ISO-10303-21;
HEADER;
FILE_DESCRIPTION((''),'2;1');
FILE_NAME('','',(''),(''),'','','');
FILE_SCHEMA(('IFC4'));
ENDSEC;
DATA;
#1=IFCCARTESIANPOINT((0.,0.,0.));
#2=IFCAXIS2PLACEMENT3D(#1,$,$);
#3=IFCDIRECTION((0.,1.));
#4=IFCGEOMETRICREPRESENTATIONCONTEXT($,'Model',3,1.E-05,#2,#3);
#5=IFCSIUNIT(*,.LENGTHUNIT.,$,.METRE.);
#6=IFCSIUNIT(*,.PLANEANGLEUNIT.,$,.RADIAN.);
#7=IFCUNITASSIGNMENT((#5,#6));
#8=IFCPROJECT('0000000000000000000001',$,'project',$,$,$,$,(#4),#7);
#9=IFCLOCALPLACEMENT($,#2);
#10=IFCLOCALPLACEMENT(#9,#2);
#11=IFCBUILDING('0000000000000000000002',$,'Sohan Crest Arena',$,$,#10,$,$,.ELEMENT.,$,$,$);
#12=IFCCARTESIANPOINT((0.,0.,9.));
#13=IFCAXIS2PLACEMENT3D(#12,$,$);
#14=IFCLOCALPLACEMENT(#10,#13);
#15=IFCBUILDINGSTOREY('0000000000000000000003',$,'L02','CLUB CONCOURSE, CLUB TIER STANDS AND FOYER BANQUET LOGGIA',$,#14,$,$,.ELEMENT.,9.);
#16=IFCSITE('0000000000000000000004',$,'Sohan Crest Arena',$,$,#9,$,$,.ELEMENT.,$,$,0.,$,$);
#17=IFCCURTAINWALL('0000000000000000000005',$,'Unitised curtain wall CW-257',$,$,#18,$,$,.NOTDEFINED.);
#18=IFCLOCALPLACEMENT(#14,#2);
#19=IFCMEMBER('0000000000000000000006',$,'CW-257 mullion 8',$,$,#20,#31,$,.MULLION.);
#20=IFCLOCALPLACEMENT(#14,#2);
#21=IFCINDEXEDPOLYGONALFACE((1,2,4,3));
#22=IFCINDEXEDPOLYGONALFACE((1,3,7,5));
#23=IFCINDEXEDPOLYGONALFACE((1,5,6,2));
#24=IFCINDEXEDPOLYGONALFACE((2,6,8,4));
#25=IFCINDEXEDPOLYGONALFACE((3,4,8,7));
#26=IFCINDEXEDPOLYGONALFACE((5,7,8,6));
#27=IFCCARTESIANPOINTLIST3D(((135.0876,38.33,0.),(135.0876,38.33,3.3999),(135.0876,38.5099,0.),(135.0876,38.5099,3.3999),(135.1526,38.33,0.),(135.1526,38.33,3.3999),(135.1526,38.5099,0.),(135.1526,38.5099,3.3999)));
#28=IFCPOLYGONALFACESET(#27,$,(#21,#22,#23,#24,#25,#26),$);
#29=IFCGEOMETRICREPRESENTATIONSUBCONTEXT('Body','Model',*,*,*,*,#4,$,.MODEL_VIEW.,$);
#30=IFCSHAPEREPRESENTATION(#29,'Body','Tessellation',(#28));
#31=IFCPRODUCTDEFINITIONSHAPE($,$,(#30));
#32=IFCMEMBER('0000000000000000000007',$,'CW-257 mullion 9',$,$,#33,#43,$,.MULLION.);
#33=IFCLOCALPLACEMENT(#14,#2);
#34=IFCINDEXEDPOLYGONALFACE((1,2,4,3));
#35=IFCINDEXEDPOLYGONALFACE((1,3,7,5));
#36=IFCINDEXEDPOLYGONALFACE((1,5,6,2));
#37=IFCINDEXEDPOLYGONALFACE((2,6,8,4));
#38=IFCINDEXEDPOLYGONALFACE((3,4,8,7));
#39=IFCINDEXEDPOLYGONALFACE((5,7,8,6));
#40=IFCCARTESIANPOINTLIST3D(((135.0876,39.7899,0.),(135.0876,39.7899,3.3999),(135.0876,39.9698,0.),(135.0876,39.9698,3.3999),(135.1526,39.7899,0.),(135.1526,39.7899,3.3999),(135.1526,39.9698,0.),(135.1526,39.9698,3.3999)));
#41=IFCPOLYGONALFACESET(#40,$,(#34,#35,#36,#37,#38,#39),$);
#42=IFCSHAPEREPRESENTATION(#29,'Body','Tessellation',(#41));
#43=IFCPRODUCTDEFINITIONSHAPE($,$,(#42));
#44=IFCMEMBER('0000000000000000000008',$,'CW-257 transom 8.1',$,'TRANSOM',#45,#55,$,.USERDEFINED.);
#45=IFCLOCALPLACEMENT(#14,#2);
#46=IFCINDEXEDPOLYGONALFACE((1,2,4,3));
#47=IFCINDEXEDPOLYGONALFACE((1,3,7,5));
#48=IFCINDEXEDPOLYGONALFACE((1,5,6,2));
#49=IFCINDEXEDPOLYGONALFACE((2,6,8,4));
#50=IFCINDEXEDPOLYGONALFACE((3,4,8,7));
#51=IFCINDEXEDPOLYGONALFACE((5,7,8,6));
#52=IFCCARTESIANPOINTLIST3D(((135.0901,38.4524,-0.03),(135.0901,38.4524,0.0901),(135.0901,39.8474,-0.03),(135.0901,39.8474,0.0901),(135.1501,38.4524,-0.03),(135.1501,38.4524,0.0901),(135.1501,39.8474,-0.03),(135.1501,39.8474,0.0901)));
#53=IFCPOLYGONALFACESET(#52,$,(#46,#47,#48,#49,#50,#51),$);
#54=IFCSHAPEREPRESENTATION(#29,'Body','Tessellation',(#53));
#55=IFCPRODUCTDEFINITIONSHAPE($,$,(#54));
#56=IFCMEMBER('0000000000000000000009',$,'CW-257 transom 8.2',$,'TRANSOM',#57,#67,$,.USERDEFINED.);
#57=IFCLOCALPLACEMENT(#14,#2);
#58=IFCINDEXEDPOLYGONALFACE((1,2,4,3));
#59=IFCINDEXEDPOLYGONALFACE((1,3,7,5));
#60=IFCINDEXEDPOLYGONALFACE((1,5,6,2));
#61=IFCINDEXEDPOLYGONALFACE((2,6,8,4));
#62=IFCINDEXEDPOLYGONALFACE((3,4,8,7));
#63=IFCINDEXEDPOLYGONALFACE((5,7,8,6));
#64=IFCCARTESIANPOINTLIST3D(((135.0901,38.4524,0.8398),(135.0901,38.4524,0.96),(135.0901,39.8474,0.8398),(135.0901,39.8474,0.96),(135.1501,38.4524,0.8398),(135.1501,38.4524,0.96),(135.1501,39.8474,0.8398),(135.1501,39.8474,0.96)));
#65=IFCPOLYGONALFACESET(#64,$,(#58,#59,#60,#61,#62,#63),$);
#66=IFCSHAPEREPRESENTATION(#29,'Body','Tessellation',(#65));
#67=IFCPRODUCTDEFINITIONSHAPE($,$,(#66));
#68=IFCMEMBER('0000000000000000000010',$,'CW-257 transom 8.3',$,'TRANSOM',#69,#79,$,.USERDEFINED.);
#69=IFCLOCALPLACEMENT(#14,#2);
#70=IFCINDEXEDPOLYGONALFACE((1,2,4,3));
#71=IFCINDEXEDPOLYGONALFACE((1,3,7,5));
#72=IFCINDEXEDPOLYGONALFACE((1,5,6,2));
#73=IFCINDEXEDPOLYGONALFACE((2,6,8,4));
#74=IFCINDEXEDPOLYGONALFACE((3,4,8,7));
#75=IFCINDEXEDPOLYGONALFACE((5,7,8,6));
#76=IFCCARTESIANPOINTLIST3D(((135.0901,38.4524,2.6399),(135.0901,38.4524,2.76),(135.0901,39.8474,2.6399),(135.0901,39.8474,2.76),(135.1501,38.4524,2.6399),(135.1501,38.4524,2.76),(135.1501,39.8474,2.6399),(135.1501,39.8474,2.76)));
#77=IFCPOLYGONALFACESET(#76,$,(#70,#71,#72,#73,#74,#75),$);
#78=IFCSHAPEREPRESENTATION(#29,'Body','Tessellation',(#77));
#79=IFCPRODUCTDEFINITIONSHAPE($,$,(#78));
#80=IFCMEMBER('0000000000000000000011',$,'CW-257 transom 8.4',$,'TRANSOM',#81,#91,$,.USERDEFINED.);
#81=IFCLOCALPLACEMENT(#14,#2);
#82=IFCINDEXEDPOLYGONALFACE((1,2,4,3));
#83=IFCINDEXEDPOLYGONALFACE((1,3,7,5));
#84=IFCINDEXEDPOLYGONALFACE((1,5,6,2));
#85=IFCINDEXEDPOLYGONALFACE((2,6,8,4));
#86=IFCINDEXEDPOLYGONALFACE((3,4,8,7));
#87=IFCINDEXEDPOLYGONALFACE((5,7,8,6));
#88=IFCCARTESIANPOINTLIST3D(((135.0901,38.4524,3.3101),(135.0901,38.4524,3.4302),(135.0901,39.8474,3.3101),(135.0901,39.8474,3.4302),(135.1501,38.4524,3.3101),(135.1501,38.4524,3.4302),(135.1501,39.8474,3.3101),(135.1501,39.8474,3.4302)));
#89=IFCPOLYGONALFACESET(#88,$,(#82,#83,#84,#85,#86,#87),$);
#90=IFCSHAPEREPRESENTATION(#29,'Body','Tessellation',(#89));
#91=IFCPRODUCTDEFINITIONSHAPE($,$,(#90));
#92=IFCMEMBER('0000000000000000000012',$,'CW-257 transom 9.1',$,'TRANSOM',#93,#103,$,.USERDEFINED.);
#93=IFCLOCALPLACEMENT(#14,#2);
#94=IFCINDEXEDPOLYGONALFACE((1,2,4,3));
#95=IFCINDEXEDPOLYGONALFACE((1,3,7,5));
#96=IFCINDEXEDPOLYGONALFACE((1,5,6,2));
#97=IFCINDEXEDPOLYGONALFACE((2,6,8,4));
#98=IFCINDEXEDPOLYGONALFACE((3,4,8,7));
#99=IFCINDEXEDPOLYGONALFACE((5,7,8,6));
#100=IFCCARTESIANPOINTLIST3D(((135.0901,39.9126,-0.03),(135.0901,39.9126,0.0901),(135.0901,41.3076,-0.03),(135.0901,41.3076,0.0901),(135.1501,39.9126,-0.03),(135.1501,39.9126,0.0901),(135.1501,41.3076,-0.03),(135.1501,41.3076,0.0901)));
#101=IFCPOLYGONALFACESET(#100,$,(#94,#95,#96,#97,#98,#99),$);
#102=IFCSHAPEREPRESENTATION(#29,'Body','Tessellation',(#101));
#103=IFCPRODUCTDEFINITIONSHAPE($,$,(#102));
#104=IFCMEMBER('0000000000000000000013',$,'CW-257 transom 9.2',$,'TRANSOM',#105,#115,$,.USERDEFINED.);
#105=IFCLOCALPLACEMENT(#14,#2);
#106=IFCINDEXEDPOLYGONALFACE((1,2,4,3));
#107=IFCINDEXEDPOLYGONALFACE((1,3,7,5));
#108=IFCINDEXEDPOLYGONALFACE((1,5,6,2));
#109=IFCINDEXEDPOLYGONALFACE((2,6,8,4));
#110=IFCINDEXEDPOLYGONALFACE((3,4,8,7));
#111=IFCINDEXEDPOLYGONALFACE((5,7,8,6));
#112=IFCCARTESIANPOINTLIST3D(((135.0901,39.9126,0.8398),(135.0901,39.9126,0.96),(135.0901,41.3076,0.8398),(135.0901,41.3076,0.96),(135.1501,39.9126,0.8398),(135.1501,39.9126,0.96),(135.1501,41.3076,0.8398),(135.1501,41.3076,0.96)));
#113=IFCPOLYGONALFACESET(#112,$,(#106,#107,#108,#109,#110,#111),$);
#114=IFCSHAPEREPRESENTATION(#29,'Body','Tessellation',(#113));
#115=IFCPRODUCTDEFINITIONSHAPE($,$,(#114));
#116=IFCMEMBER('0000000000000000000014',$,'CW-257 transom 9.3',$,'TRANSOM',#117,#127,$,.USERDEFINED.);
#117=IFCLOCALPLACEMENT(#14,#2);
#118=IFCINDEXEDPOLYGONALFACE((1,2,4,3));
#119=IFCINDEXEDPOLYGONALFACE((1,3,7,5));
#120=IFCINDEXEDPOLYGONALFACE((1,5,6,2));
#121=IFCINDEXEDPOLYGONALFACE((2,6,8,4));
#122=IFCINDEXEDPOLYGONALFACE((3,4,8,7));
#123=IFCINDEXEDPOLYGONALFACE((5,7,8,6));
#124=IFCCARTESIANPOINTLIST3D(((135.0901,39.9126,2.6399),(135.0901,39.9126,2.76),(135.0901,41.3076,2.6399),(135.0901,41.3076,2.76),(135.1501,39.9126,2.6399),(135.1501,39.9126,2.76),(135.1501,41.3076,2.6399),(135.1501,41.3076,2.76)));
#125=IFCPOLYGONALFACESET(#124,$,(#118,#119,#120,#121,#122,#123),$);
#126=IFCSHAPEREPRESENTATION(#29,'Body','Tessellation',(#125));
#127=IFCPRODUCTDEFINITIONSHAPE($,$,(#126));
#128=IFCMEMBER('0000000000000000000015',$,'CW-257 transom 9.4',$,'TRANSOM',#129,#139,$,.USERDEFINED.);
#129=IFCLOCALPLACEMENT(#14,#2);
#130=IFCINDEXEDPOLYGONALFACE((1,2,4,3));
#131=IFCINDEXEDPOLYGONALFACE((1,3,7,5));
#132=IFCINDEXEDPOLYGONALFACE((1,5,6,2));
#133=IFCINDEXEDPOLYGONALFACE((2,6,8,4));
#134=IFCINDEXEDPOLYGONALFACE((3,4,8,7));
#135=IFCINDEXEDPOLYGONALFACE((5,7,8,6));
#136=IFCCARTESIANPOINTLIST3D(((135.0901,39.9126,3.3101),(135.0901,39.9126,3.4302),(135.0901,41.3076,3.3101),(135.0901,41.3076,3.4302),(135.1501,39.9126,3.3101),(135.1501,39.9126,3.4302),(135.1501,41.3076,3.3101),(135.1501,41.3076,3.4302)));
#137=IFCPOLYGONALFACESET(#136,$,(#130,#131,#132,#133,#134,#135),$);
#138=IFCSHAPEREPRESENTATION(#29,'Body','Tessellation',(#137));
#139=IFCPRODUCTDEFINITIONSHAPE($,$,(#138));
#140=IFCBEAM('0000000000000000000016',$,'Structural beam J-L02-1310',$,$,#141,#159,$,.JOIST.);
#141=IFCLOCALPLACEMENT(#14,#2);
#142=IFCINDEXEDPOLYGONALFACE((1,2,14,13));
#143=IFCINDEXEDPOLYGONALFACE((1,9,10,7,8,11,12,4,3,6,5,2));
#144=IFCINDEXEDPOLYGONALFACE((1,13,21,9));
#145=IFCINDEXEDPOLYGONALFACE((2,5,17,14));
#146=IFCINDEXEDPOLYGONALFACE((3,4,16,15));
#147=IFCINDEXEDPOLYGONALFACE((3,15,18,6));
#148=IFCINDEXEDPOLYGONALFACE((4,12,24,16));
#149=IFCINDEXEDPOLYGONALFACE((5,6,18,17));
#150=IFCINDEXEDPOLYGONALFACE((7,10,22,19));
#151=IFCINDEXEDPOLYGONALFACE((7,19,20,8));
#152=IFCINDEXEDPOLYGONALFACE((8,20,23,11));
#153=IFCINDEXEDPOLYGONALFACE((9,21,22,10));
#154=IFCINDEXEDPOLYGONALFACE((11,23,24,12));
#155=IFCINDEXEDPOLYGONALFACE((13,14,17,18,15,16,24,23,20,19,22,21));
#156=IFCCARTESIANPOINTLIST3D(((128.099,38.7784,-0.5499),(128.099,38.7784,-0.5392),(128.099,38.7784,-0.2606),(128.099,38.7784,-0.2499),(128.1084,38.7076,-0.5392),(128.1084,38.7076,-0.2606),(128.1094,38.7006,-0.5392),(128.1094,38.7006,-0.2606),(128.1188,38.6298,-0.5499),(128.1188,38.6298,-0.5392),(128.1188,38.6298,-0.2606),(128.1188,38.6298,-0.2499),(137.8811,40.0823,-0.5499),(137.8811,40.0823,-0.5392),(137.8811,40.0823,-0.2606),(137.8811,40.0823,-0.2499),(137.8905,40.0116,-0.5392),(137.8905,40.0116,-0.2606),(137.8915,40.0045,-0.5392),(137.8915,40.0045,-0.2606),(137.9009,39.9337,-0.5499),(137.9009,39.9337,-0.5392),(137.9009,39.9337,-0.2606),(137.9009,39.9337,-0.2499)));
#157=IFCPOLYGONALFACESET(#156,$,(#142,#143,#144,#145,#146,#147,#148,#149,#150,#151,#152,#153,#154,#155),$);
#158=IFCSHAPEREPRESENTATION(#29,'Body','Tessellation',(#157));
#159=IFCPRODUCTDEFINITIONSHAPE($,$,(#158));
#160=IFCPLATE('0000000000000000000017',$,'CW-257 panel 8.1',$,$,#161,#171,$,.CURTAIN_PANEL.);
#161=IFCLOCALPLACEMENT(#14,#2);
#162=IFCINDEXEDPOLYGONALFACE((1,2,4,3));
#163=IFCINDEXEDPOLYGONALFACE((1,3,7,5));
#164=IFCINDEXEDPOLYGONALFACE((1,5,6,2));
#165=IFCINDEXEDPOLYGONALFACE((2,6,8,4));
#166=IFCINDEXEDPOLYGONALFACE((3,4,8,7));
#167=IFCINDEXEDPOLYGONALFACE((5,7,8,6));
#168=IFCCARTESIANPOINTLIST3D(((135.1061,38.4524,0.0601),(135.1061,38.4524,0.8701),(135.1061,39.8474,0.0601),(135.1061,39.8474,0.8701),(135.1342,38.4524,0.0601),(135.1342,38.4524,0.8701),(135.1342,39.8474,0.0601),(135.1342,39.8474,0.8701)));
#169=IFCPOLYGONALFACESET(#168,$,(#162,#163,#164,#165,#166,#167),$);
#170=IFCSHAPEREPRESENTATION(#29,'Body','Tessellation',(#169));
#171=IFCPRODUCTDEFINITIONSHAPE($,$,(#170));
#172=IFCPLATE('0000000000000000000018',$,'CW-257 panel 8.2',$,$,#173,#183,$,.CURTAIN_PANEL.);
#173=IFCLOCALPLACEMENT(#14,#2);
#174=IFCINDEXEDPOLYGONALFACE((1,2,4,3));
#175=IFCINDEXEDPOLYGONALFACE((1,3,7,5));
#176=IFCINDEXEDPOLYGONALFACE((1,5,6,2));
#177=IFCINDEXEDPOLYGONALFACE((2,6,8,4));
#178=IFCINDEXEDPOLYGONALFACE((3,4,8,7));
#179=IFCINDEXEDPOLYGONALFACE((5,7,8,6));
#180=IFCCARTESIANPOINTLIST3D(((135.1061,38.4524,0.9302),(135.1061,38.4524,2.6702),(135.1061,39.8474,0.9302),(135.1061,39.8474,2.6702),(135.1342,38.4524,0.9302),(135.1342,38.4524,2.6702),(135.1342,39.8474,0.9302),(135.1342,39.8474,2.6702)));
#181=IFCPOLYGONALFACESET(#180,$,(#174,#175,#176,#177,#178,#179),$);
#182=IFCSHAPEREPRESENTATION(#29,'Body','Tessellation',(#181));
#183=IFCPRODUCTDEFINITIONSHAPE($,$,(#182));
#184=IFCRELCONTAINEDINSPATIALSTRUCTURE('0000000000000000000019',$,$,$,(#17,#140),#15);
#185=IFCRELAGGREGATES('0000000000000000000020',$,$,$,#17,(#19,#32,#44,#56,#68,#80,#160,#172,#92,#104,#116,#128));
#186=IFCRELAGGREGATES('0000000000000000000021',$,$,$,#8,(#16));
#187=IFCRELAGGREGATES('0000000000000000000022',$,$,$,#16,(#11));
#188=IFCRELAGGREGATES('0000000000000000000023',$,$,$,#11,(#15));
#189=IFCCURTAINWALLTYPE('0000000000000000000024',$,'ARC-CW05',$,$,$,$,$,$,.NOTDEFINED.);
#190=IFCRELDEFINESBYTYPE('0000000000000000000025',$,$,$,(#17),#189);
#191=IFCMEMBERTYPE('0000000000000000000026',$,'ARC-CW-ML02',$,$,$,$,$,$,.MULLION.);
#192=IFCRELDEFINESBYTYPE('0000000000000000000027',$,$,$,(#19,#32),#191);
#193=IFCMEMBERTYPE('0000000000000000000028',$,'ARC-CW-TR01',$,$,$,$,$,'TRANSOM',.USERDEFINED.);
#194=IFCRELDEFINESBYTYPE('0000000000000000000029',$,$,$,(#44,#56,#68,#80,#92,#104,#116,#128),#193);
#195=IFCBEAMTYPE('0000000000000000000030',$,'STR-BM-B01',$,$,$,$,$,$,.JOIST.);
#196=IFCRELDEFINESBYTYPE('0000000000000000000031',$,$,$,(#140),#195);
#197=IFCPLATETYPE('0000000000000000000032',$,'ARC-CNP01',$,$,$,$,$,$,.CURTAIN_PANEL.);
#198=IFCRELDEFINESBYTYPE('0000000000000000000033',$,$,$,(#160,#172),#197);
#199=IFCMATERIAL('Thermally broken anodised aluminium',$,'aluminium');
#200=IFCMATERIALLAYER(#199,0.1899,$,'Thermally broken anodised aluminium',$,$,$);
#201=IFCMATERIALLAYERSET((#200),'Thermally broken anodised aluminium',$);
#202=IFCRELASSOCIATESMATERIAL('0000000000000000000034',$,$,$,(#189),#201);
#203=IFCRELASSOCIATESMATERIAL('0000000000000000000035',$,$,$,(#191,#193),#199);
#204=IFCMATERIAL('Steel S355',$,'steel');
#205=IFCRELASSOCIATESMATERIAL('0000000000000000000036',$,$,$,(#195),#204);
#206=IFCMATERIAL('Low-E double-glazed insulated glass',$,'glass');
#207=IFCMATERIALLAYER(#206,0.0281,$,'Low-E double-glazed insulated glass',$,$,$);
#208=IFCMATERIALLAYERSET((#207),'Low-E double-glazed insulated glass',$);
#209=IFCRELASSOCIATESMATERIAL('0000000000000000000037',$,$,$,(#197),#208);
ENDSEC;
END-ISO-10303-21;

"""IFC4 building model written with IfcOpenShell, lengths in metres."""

from ifc_helpers import new_model, si_unit, direction, frame, origin, origin_2d, place, context, subcontext, project, spatial, rectangle, i_section, extrude, material, layer, layer_set, material_profile, profile_set, type_object, element, aggregate, save


model = new_model("IFC4")

# Units and contexts
model_context = context("Model", 3, precision=1e-05, world=origin(), true_north=direction((0.0, 1.0)))
body_context = subcontext(model_context, "Body", "Model", "MODEL_VIEW")
ifc_project = project(units=[si_unit("LENGTHUNIT", "METRE"), si_unit("PLANEANGLEUNIT", "RADIAN")], contexts=[model_context])

# Site, building, storey
site_placement = place(None, origin())
site = spatial("IfcSite", under=ifc_project, at=site_placement, Name="Sohan Crest Arena", CompositionType="ELEMENT", RefElevation=0.0)
building_placement = place(site_placement, origin())
building = spatial("IfcBuilding", under=site, at=building_placement, Name="Sohan Crest Arena", CompositionType="ELEMENT")
storey_placement = place(building_placement, frame((0.0, 0.0, 9.0)))
storey = spatial("IfcBuildingStorey", under=building, at=storey_placement, Name="L02", Description="CLUB CONCOURSE, CLUB TIER STANDS AND FOYER BANQUET LOGGIA", CompositionType="ELEMENT", Elevation=9.0)

# Curtain wall, members
ifc_material_1 = material(Name="Thermally broken anodised aluminium", Category="aluminium")
ifc_layer_1 = layer(ifc_material_1, 0.1899, Name="Thermally broken anodised aluminium")
ifc_layer_set_1 = layer_set([ifc_layer_1], Name="Thermally broken anodised aluminium")
curtain_wall_type = type_object("IfcCurtainWallType", Name="ARC-CW05", PredefinedType="NOTDEFINED", material=ifc_layer_set_1)
curtain_wall_placement = place(storey_placement, origin())
curtain_wall = element("IfcCurtainWall", 1, at=curtain_wall_placement, inside=storey, type_object=curtain_wall_type, Name="Unitised curtain wall CW-257", PredefinedType="NOTDEFINED")
ifc_material_profile_1 = material_profile(ifc_material_1, rectangle(XDim=0.0649, YDim=0.1799, at=origin_2d()), Name="ALU-MULL 65x180")
ifc_profile_set_1 = profile_set([ifc_material_profile_1], Name="Thermally broken anodised aluminium")
member_type_1 = type_object("IfcMemberType", Name="ARC-CW-ML02", PredefinedType="MULLION", material=ifc_profile_set_1)
member_1_placement = place(storey_placement, frame((135.1201, 38.4199, 0.0), z_axis=(0.0, 0.0, 1.0), x_axis=(-1.0, 0.0, 0.0)))
member_1 = element("IfcMember", 2, at=member_1_placement, type_object=member_type_1, Name="CW-257 mullion 8", PredefinedType="MULLION", context=body_context, shape_type="SweptSolid", body=[
    extrude(rectangle(XDim=0.0649, YDim=0.1799, at=origin_2d()), origin(), (0.0, 0.0, 1.0), 3.3999),
])
member_2_placement = place(storey_placement, frame((135.1201, 39.8799, 0.0), z_axis=(0.0, 0.0, 1.0), x_axis=(-1.0, 0.0, 0.0)))
member_2 = element("IfcMember", 3, at=member_2_placement, type_object=member_type_1, Name="CW-257 mullion 9", PredefinedType="MULLION", context=body_context, shape_type="SweptSolid", body=[
    extrude(rectangle(XDim=0.0649, YDim=0.1799, at=origin_2d()), origin(), (0.0, 0.0, 1.0), 3.3999),
])
ifc_material_profile_2 = material_profile(ifc_material_1, rectangle(XDim=0.0601, YDim=0.1201, at=origin_2d()), Name="ALU-TRAN 60x120")
ifc_profile_set_2 = profile_set([ifc_material_profile_2], Name="Thermally broken anodised aluminium")
member_type_2 = type_object("IfcMemberType", Name="ARC-CW-TR01", ElementType="TRANSOM", PredefinedType="USERDEFINED", material=ifc_profile_set_2)
member_3_placement = place(storey_placement, frame((135.1201, 38.4524, 0.03), z_axis=(0.0, 1.0, 0.0), x_axis=(-1.0, 0.0, 0.0)))
member_3 = element("IfcMember", 4, at=member_3_placement, type_object=member_type_2, Name="CW-257 transom 8.1", ObjectType="TRANSOM", PredefinedType="USERDEFINED", context=body_context, shape_type="SweptSolid", body=[
    extrude(rectangle(XDim=0.0601, YDim=0.1201, at=origin_2d()), origin(), (0.0, 0.0, 1.0), 1.395),
])
member_4_placement = place(storey_placement, frame((135.1201, 38.4524, 0.8999), z_axis=(0.0, 1.0, 0.0), x_axis=(-1.0, 0.0, 0.0)))
member_4 = element("IfcMember", 5, at=member_4_placement, type_object=member_type_2, Name="CW-257 transom 8.2", ObjectType="TRANSOM", PredefinedType="USERDEFINED", context=body_context, shape_type="SweptSolid", body=[
    extrude(rectangle(XDim=0.0601, YDim=0.1201, at=origin_2d()), origin(), (0.0, 0.0, 1.0), 1.395),
])
member_5_placement = place(storey_placement, frame((135.1201, 38.4524, 2.7), z_axis=(0.0, 1.0, 0.0), x_axis=(-1.0, 0.0, 0.0)))
member_5 = element("IfcMember", 6, at=member_5_placement, type_object=member_type_2, Name="CW-257 transom 8.3", ObjectType="TRANSOM", PredefinedType="USERDEFINED", context=body_context, shape_type="SweptSolid", body=[
    extrude(rectangle(XDim=0.0601, YDim=0.1201, at=origin_2d()), origin(), (0.0, 0.0, 1.0), 1.395),
])
member_6_placement = place(storey_placement, frame((135.1201, 38.4524, 3.3701), z_axis=(0.0, 1.0, 0.0), x_axis=(-1.0, 0.0, 0.0)))
member_6 = element("IfcMember", 7, at=member_6_placement, type_object=member_type_2, Name="CW-257 transom 8.4", ObjectType="TRANSOM", PredefinedType="USERDEFINED", context=body_context, shape_type="SweptSolid", body=[
    extrude(rectangle(XDim=0.0601, YDim=0.1201, at=origin_2d()), origin(), (0.0, 0.0, 1.0), 1.395),
])
member_7_placement = place(storey_placement, frame((135.1201, 39.9126, 0.03), z_axis=(0.0, 1.0, 0.0), x_axis=(-1.0, 0.0, 0.0)))
member_7 = element("IfcMember", 8, at=member_7_placement, type_object=member_type_2, Name="CW-257 transom 9.1", ObjectType="TRANSOM", PredefinedType="USERDEFINED", context=body_context, shape_type="SweptSolid", body=[
    extrude(rectangle(XDim=0.0601, YDim=0.1201, at=origin_2d()), origin(), (0.0, 0.0, 1.0), 1.395),
])
member_8_placement = place(storey_placement, frame((135.1201, 39.9126, 0.8999), z_axis=(0.0, 1.0, 0.0), x_axis=(-1.0, 0.0, 0.0)))
member_8 = element("IfcMember", 9, at=member_8_placement, type_object=member_type_2, Name="CW-257 transom 9.2", ObjectType="TRANSOM", PredefinedType="USERDEFINED", context=body_context, shape_type="SweptSolid", body=[
    extrude(rectangle(XDim=0.0601, YDim=0.1201, at=origin_2d()), origin(), (0.0, 0.0, 1.0), 1.395),
])
member_9_placement = place(storey_placement, frame((135.1201, 39.9126, 2.7), z_axis=(0.0, 1.0, 0.0), x_axis=(-1.0, 0.0, 0.0)))
member_9 = element("IfcMember", 10, at=member_9_placement, type_object=member_type_2, Name="CW-257 transom 9.3", ObjectType="TRANSOM", PredefinedType="USERDEFINED", context=body_context, shape_type="SweptSolid", body=[
    extrude(rectangle(XDim=0.0601, YDim=0.1201, at=origin_2d()), origin(), (0.0, 0.0, 1.0), 1.395),
])
member_10_placement = place(storey_placement, frame((135.1201, 39.9126, 3.3701), z_axis=(0.0, 1.0, 0.0), x_axis=(-1.0, 0.0, 0.0)))
member_10 = element("IfcMember", 11, at=member_10_placement, type_object=member_type_2, Name="CW-257 transom 9.4", ObjectType="TRANSOM", PredefinedType="USERDEFINED", context=body_context, shape_type="SweptSolid", body=[
    extrude(rectangle(XDim=0.0601, YDim=0.1201, at=origin_2d()), origin(), (0.0, 0.0, 1.0), 1.395),
])

# Beam
ifc_material_2 = material(Name="Steel S355", Category="steel")
ifc_material_profile_3 = material_profile(ifc_material_2, i_section(OverallWidth=0.1499, OverallDepth=0.3, WebThickness=0.0071, FlangeThickness=0.0107, at=origin_2d()), Name="IPE 300")
ifc_profile_set_3 = profile_set([ifc_material_profile_3], Name="Steel S355")
beam_type = type_object("IfcBeamType", Name="STR-BM-B01", PredefinedType="JOIST", material=ifc_profile_set_3)
beam_placement = place(storey_placement, frame((128.1089, 38.7041, -0.3999), z_axis=(0.991232, 0.13213, 0.0), x_axis=(-0.13213, 0.991232, 0.0)))
element("IfcBeam", 12, at=beam_placement, inside=storey, type_object=beam_type, Name="Structural beam J-L02-1310", PredefinedType="JOIST", context=body_context, shape_type="SweptSolid", body=[
    extrude(i_section(OverallWidth=0.1499, OverallDepth=0.3, WebThickness=0.0071, FlangeThickness=0.0107, at=origin_2d()), origin(), (0.0, 0.0, 1.0), 9.8687),
])

# Plates
ifc_material_3 = material(Name="Low-E double-glazed insulated glass", Category="glass")
ifc_layer_2 = layer(ifc_material_3, 0.0281, Name="Low-E double-glazed insulated glass")
ifc_layer_set_2 = layer_set([ifc_layer_2], Name="Low-E double-glazed insulated glass")
plate_type = type_object("IfcPlateType", Name="ARC-CNP01", PredefinedType="CURTAIN_PANEL", material=ifc_layer_set_2)
plate_1_placement = place(storey_placement, frame((135.1201, 39.1499, 0.0601), z_axis=(0.0, 0.0, 1.0), x_axis=(0.0, 1.0, 0.0)))
plate_1 = element("IfcPlate", 13, at=plate_1_placement, type_object=plate_type, Name="CW-257 panel 8.1", PredefinedType="CURTAIN_PANEL", context=body_context, shape_type="SweptSolid", body=[
    extrude(rectangle(XDim=1.395, YDim=0.0281, at=origin_2d()), origin(), (0.0, 0.0, 1.0), 0.8101),
])
plate_2_placement = place(storey_placement, frame((135.1201, 39.1499, 0.9302), z_axis=(0.0, 0.0, 1.0), x_axis=(0.0, 1.0, 0.0)))
plate_2 = element("IfcPlate", 14, at=plate_2_placement, type_object=plate_type, Name="CW-257 panel 8.2", PredefinedType="CURTAIN_PANEL", context=body_context, shape_type="SweptSolid", body=[
    extrude(rectangle(XDim=1.395, YDim=0.0281, at=origin_2d()), origin(), (0.0, 0.0, 1.0), 1.74),
])
aggregate(curtain_wall, [member_1, member_2, member_3, member_4, member_5, member_6, plate_1, plate_2, member_7, member_8, member_9, member_10])

save(model, "model.ifc")
